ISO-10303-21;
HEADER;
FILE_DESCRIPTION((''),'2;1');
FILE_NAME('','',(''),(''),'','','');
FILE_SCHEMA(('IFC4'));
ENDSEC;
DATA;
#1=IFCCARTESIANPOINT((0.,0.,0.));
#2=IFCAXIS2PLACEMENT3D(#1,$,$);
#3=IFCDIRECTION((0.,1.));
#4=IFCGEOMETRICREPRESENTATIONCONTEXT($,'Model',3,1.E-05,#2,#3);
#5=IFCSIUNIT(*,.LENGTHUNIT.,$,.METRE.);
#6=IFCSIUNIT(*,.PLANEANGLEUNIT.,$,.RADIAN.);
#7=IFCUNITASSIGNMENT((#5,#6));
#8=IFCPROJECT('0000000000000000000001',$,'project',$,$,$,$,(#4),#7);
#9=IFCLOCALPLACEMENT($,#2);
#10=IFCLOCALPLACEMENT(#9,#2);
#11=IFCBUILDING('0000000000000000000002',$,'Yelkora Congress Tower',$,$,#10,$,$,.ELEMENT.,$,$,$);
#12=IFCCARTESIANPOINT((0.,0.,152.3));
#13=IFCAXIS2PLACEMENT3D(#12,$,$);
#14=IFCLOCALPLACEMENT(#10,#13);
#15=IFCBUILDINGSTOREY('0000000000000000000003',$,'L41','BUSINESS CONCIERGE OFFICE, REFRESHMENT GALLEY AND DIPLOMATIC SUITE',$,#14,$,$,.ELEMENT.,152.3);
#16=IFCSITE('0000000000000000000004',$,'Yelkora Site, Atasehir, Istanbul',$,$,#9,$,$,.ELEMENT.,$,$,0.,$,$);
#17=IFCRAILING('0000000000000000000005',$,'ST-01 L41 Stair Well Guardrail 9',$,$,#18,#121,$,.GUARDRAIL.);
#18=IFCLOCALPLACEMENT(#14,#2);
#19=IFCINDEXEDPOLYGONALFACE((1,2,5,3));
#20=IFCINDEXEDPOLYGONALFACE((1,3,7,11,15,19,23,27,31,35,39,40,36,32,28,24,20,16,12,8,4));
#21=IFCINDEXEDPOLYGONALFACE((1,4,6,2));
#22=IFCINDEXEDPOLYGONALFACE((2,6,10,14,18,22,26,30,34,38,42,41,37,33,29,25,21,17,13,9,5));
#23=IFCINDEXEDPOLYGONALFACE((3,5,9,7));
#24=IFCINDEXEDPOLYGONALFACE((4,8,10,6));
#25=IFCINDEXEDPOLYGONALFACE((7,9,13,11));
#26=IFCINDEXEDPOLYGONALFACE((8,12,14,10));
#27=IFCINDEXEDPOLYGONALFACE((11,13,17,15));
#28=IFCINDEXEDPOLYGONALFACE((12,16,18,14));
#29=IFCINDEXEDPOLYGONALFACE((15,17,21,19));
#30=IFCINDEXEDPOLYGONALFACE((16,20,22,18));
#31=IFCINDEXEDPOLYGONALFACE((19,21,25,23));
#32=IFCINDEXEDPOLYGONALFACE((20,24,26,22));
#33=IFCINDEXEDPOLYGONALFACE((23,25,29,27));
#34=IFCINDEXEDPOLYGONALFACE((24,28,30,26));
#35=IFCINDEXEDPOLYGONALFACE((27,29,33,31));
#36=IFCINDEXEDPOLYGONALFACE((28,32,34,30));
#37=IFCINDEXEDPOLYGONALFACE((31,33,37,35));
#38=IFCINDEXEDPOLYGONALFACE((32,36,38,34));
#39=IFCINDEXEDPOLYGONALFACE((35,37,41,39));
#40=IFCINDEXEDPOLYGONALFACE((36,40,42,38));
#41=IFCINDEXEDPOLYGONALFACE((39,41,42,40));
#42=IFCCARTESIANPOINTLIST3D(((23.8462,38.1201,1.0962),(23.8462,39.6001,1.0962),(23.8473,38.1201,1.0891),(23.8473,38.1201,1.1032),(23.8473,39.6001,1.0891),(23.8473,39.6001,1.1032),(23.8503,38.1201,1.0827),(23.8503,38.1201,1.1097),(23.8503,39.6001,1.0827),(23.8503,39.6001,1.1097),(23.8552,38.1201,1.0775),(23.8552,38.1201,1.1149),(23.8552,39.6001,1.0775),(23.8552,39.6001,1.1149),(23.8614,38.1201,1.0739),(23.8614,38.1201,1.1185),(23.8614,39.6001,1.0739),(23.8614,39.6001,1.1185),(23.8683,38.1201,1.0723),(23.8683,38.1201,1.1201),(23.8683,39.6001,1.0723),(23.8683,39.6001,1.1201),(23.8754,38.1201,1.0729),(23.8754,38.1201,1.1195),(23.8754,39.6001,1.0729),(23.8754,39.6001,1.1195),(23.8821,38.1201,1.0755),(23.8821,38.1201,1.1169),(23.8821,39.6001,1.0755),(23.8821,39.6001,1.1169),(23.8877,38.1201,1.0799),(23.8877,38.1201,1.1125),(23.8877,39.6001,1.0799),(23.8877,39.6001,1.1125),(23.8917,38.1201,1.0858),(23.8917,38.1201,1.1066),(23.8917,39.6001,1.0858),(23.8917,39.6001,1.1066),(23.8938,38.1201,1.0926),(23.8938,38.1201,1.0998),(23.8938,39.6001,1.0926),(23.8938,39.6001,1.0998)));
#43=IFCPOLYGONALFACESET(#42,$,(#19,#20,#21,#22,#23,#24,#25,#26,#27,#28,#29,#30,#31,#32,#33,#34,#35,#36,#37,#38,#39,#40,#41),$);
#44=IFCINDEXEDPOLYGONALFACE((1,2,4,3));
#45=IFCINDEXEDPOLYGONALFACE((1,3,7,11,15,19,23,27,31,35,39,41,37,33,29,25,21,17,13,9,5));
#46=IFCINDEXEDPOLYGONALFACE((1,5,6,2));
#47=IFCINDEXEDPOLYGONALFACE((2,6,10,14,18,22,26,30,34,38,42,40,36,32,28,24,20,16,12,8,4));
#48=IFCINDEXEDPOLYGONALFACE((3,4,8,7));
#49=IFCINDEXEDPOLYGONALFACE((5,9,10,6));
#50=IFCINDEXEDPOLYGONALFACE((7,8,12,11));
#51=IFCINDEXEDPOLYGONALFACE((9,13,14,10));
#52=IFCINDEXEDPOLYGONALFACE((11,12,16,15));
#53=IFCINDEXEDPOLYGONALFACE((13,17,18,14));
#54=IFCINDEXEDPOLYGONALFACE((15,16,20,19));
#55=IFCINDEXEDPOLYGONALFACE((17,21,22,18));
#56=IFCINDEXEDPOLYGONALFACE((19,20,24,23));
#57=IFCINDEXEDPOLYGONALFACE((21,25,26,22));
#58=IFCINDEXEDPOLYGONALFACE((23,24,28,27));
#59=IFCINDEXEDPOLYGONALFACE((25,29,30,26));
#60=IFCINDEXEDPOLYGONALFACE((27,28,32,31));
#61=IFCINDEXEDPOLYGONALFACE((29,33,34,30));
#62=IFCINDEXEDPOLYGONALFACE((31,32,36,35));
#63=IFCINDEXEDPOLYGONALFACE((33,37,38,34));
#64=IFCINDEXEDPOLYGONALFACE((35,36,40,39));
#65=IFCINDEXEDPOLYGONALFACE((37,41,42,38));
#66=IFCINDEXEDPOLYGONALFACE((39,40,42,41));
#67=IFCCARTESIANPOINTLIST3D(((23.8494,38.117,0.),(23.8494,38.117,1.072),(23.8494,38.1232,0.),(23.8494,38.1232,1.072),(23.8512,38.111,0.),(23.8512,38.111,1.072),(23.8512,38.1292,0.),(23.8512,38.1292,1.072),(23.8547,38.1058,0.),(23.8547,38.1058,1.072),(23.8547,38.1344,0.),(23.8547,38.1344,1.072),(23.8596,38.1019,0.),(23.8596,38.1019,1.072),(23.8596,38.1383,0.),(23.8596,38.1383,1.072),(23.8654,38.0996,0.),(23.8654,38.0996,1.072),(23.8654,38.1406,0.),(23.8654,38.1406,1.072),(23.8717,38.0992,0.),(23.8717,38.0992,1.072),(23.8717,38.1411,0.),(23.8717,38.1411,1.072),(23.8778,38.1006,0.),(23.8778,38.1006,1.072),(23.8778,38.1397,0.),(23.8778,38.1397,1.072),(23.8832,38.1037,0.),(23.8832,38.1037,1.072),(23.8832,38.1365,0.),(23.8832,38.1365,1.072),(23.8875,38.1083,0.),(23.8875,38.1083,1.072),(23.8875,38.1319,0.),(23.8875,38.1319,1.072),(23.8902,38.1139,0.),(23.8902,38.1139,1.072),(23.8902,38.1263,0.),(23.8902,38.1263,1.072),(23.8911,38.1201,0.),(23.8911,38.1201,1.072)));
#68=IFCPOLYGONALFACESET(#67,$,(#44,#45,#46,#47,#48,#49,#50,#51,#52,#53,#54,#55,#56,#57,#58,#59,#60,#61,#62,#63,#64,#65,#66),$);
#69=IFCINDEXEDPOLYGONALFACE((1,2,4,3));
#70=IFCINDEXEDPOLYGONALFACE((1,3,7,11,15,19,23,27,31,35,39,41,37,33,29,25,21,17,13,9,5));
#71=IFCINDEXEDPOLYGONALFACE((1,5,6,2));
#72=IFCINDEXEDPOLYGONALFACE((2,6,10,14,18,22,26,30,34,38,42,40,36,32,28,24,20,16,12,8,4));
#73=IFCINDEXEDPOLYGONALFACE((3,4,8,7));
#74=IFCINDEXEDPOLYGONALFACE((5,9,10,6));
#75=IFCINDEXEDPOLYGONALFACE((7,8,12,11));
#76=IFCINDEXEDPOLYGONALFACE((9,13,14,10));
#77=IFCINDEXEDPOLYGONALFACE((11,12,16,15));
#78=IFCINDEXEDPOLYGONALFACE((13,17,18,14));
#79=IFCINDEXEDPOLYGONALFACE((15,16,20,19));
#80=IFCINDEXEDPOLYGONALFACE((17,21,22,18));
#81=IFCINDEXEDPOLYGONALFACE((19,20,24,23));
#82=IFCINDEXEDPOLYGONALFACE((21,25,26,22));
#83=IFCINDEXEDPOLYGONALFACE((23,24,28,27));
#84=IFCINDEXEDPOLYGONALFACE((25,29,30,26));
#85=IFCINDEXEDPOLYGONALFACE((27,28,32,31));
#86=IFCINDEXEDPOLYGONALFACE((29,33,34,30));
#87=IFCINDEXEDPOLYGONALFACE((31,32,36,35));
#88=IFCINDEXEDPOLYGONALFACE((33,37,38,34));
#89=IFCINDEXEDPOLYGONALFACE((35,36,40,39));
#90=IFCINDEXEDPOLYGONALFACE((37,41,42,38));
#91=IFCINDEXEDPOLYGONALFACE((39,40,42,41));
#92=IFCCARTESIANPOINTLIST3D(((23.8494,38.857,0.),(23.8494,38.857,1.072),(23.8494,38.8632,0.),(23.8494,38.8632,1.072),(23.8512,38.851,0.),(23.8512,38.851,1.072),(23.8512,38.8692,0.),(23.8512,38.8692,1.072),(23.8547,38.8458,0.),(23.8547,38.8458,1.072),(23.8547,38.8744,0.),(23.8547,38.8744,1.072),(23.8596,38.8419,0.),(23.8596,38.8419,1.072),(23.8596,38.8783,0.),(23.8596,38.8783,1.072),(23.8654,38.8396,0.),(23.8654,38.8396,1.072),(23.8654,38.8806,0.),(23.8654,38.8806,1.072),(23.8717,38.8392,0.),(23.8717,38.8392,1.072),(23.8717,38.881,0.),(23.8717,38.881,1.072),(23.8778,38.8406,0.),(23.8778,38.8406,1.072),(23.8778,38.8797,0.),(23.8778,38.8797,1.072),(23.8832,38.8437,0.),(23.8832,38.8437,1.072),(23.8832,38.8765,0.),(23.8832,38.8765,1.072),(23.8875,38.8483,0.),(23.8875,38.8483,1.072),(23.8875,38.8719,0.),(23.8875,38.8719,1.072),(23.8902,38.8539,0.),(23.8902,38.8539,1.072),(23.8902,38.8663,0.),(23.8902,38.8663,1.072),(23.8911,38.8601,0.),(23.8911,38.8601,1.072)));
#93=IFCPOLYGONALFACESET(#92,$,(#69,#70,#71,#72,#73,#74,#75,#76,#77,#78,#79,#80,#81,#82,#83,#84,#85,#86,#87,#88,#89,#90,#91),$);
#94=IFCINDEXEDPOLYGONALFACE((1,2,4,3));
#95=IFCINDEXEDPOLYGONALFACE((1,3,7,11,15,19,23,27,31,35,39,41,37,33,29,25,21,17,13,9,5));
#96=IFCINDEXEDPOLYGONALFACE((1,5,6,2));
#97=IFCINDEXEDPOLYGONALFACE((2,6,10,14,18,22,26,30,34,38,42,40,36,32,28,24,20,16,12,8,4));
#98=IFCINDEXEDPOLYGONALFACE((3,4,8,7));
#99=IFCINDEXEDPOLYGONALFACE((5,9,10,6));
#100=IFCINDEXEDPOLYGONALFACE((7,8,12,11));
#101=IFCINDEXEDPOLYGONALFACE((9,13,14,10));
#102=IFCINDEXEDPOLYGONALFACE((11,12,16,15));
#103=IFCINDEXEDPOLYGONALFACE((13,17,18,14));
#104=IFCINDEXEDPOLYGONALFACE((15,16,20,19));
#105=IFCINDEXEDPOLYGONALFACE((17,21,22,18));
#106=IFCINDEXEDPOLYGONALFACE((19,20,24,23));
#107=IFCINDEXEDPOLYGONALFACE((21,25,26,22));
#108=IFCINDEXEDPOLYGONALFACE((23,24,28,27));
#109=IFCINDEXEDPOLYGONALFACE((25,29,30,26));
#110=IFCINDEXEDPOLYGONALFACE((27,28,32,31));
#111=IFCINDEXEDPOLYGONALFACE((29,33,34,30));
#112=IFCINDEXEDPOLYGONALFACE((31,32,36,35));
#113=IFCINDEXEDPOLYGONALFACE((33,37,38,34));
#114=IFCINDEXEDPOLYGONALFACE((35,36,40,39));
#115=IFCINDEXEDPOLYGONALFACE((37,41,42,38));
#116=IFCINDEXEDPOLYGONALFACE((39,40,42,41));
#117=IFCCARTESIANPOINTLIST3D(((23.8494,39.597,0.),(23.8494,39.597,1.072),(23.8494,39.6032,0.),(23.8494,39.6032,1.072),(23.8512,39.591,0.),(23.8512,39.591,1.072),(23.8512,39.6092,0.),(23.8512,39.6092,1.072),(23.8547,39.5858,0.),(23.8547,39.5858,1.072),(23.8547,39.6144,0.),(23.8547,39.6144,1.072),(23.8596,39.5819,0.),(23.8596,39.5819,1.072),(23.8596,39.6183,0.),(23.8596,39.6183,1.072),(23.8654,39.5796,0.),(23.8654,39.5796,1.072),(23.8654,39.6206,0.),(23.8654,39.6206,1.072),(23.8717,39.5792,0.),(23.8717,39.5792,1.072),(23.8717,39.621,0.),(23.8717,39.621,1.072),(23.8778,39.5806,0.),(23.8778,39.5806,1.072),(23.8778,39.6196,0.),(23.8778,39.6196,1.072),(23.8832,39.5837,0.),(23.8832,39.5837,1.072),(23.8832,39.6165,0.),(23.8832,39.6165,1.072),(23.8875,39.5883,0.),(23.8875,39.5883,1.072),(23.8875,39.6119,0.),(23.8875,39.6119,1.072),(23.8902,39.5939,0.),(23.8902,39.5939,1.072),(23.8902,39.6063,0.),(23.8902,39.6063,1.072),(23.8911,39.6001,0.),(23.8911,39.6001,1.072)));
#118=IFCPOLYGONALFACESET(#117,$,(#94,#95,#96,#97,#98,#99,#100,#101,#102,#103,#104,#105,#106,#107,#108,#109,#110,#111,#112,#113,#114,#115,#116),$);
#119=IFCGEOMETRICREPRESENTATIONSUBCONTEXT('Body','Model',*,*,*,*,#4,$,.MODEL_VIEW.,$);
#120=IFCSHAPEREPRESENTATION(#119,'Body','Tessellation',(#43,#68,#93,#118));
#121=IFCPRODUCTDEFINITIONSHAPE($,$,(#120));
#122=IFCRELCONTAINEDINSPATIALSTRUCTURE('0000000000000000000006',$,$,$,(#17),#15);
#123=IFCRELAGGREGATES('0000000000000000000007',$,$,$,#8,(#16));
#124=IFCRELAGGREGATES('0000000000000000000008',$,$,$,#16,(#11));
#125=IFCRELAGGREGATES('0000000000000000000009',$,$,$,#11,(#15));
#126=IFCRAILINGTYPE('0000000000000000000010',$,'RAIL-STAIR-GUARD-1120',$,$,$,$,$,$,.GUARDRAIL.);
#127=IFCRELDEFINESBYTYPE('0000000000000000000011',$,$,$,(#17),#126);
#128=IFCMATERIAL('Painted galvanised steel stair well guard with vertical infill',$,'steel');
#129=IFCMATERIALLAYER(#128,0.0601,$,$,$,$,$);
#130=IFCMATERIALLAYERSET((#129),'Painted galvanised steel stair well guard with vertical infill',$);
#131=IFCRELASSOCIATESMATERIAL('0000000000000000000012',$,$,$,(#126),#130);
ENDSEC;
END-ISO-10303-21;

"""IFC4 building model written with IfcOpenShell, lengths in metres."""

from ifc_helpers import new_model, si_unit, direction, frame, origin, origin_2d, place, context, subcontext, project, spatial, circle, extrude, material, layer, layer_set, type_object, element, save


model = new_model("IFC4")

# Units and contexts
model_context = context("Model", 3, precision=1e-05, world=origin(), true_north=direction((0.0, 1.0)))
body_context = subcontext(model_context, "Body", "Model", "MODEL_VIEW")
ifc_project = project(units=[si_unit("LENGTHUNIT", "METRE"), si_unit("PLANEANGLEUNIT", "RADIAN")], contexts=[model_context])

# Site, building, storey
site_placement = place(None, origin())
site = spatial("IfcSite", under=ifc_project, at=site_placement, Name="Yelkora Site, Atasehir, Istanbul", CompositionType="ELEMENT", RefElevation=0.0)
building_placement = place(site_placement, origin())
building = spatial("IfcBuilding", under=site, at=building_placement, Name="Yelkora Congress Tower", CompositionType="ELEMENT")
storey_placement = place(building_placement, frame((0.0, 0.0, 152.3)))
storey = spatial("IfcBuildingStorey", under=building, at=storey_placement, Name="L41", Description="BUSINESS CONCIERGE OFFICE, REFRESHMENT GALLEY AND DIPLOMATIC SUITE", CompositionType="ELEMENT", Elevation=152.3)

# Railing
ifc_material_1 = material(Name="Painted galvanised steel stair well guard with vertical infill", Category="steel")
ifc_layer_1 = layer(ifc_material_1, 0.0601)
ifc_layer_set_1 = layer_set([ifc_layer_1], Name="Painted galvanised steel stair well guard with vertical infill")
railing_type_1 = type_object("IfcRailingType", Name="RAIL-STAIR-GUARD-1120", PredefinedType="GUARDRAIL", material=ifc_layer_set_1)
for number, where, name in (
    (1, (23.8701, 38.1201, 0.0), "ST-01 L41 Stair Well Guardrail 9"),
):
    element("IfcRailing", number, at=place(storey_placement, frame(where)), inside=storey, type_object=railing_type_1, Name=name, PredefinedType="GUARDRAIL", context=body_context, shape_type="SweptSolid", body=[
        extrude(circle(Radius=0.0239, at=origin_2d()), frame((0.0, 0.0, 1.0962), z_axis=(0.0, 1.0, 0.0), x_axis=(-1.0, 0.0, 0.0)), (0.0, 0.0, 1.0), 1.48),
        extrude(circle(Radius=0.021, at=origin_2d()), origin(), (0.0, 0.0, 1.0), 1.072),
        extrude(circle(Radius=0.021, at=origin_2d()), frame((0.0, 0.74, 0.0)), (0.0, 0.0, 1.0), 1.072),
        extrude(circle(Radius=0.021, at=origin_2d()), frame((0.0, 1.48, 0.0)), (0.0, 0.0, 1.0), 1.072),
    ])

save(model, "model.ifc")
